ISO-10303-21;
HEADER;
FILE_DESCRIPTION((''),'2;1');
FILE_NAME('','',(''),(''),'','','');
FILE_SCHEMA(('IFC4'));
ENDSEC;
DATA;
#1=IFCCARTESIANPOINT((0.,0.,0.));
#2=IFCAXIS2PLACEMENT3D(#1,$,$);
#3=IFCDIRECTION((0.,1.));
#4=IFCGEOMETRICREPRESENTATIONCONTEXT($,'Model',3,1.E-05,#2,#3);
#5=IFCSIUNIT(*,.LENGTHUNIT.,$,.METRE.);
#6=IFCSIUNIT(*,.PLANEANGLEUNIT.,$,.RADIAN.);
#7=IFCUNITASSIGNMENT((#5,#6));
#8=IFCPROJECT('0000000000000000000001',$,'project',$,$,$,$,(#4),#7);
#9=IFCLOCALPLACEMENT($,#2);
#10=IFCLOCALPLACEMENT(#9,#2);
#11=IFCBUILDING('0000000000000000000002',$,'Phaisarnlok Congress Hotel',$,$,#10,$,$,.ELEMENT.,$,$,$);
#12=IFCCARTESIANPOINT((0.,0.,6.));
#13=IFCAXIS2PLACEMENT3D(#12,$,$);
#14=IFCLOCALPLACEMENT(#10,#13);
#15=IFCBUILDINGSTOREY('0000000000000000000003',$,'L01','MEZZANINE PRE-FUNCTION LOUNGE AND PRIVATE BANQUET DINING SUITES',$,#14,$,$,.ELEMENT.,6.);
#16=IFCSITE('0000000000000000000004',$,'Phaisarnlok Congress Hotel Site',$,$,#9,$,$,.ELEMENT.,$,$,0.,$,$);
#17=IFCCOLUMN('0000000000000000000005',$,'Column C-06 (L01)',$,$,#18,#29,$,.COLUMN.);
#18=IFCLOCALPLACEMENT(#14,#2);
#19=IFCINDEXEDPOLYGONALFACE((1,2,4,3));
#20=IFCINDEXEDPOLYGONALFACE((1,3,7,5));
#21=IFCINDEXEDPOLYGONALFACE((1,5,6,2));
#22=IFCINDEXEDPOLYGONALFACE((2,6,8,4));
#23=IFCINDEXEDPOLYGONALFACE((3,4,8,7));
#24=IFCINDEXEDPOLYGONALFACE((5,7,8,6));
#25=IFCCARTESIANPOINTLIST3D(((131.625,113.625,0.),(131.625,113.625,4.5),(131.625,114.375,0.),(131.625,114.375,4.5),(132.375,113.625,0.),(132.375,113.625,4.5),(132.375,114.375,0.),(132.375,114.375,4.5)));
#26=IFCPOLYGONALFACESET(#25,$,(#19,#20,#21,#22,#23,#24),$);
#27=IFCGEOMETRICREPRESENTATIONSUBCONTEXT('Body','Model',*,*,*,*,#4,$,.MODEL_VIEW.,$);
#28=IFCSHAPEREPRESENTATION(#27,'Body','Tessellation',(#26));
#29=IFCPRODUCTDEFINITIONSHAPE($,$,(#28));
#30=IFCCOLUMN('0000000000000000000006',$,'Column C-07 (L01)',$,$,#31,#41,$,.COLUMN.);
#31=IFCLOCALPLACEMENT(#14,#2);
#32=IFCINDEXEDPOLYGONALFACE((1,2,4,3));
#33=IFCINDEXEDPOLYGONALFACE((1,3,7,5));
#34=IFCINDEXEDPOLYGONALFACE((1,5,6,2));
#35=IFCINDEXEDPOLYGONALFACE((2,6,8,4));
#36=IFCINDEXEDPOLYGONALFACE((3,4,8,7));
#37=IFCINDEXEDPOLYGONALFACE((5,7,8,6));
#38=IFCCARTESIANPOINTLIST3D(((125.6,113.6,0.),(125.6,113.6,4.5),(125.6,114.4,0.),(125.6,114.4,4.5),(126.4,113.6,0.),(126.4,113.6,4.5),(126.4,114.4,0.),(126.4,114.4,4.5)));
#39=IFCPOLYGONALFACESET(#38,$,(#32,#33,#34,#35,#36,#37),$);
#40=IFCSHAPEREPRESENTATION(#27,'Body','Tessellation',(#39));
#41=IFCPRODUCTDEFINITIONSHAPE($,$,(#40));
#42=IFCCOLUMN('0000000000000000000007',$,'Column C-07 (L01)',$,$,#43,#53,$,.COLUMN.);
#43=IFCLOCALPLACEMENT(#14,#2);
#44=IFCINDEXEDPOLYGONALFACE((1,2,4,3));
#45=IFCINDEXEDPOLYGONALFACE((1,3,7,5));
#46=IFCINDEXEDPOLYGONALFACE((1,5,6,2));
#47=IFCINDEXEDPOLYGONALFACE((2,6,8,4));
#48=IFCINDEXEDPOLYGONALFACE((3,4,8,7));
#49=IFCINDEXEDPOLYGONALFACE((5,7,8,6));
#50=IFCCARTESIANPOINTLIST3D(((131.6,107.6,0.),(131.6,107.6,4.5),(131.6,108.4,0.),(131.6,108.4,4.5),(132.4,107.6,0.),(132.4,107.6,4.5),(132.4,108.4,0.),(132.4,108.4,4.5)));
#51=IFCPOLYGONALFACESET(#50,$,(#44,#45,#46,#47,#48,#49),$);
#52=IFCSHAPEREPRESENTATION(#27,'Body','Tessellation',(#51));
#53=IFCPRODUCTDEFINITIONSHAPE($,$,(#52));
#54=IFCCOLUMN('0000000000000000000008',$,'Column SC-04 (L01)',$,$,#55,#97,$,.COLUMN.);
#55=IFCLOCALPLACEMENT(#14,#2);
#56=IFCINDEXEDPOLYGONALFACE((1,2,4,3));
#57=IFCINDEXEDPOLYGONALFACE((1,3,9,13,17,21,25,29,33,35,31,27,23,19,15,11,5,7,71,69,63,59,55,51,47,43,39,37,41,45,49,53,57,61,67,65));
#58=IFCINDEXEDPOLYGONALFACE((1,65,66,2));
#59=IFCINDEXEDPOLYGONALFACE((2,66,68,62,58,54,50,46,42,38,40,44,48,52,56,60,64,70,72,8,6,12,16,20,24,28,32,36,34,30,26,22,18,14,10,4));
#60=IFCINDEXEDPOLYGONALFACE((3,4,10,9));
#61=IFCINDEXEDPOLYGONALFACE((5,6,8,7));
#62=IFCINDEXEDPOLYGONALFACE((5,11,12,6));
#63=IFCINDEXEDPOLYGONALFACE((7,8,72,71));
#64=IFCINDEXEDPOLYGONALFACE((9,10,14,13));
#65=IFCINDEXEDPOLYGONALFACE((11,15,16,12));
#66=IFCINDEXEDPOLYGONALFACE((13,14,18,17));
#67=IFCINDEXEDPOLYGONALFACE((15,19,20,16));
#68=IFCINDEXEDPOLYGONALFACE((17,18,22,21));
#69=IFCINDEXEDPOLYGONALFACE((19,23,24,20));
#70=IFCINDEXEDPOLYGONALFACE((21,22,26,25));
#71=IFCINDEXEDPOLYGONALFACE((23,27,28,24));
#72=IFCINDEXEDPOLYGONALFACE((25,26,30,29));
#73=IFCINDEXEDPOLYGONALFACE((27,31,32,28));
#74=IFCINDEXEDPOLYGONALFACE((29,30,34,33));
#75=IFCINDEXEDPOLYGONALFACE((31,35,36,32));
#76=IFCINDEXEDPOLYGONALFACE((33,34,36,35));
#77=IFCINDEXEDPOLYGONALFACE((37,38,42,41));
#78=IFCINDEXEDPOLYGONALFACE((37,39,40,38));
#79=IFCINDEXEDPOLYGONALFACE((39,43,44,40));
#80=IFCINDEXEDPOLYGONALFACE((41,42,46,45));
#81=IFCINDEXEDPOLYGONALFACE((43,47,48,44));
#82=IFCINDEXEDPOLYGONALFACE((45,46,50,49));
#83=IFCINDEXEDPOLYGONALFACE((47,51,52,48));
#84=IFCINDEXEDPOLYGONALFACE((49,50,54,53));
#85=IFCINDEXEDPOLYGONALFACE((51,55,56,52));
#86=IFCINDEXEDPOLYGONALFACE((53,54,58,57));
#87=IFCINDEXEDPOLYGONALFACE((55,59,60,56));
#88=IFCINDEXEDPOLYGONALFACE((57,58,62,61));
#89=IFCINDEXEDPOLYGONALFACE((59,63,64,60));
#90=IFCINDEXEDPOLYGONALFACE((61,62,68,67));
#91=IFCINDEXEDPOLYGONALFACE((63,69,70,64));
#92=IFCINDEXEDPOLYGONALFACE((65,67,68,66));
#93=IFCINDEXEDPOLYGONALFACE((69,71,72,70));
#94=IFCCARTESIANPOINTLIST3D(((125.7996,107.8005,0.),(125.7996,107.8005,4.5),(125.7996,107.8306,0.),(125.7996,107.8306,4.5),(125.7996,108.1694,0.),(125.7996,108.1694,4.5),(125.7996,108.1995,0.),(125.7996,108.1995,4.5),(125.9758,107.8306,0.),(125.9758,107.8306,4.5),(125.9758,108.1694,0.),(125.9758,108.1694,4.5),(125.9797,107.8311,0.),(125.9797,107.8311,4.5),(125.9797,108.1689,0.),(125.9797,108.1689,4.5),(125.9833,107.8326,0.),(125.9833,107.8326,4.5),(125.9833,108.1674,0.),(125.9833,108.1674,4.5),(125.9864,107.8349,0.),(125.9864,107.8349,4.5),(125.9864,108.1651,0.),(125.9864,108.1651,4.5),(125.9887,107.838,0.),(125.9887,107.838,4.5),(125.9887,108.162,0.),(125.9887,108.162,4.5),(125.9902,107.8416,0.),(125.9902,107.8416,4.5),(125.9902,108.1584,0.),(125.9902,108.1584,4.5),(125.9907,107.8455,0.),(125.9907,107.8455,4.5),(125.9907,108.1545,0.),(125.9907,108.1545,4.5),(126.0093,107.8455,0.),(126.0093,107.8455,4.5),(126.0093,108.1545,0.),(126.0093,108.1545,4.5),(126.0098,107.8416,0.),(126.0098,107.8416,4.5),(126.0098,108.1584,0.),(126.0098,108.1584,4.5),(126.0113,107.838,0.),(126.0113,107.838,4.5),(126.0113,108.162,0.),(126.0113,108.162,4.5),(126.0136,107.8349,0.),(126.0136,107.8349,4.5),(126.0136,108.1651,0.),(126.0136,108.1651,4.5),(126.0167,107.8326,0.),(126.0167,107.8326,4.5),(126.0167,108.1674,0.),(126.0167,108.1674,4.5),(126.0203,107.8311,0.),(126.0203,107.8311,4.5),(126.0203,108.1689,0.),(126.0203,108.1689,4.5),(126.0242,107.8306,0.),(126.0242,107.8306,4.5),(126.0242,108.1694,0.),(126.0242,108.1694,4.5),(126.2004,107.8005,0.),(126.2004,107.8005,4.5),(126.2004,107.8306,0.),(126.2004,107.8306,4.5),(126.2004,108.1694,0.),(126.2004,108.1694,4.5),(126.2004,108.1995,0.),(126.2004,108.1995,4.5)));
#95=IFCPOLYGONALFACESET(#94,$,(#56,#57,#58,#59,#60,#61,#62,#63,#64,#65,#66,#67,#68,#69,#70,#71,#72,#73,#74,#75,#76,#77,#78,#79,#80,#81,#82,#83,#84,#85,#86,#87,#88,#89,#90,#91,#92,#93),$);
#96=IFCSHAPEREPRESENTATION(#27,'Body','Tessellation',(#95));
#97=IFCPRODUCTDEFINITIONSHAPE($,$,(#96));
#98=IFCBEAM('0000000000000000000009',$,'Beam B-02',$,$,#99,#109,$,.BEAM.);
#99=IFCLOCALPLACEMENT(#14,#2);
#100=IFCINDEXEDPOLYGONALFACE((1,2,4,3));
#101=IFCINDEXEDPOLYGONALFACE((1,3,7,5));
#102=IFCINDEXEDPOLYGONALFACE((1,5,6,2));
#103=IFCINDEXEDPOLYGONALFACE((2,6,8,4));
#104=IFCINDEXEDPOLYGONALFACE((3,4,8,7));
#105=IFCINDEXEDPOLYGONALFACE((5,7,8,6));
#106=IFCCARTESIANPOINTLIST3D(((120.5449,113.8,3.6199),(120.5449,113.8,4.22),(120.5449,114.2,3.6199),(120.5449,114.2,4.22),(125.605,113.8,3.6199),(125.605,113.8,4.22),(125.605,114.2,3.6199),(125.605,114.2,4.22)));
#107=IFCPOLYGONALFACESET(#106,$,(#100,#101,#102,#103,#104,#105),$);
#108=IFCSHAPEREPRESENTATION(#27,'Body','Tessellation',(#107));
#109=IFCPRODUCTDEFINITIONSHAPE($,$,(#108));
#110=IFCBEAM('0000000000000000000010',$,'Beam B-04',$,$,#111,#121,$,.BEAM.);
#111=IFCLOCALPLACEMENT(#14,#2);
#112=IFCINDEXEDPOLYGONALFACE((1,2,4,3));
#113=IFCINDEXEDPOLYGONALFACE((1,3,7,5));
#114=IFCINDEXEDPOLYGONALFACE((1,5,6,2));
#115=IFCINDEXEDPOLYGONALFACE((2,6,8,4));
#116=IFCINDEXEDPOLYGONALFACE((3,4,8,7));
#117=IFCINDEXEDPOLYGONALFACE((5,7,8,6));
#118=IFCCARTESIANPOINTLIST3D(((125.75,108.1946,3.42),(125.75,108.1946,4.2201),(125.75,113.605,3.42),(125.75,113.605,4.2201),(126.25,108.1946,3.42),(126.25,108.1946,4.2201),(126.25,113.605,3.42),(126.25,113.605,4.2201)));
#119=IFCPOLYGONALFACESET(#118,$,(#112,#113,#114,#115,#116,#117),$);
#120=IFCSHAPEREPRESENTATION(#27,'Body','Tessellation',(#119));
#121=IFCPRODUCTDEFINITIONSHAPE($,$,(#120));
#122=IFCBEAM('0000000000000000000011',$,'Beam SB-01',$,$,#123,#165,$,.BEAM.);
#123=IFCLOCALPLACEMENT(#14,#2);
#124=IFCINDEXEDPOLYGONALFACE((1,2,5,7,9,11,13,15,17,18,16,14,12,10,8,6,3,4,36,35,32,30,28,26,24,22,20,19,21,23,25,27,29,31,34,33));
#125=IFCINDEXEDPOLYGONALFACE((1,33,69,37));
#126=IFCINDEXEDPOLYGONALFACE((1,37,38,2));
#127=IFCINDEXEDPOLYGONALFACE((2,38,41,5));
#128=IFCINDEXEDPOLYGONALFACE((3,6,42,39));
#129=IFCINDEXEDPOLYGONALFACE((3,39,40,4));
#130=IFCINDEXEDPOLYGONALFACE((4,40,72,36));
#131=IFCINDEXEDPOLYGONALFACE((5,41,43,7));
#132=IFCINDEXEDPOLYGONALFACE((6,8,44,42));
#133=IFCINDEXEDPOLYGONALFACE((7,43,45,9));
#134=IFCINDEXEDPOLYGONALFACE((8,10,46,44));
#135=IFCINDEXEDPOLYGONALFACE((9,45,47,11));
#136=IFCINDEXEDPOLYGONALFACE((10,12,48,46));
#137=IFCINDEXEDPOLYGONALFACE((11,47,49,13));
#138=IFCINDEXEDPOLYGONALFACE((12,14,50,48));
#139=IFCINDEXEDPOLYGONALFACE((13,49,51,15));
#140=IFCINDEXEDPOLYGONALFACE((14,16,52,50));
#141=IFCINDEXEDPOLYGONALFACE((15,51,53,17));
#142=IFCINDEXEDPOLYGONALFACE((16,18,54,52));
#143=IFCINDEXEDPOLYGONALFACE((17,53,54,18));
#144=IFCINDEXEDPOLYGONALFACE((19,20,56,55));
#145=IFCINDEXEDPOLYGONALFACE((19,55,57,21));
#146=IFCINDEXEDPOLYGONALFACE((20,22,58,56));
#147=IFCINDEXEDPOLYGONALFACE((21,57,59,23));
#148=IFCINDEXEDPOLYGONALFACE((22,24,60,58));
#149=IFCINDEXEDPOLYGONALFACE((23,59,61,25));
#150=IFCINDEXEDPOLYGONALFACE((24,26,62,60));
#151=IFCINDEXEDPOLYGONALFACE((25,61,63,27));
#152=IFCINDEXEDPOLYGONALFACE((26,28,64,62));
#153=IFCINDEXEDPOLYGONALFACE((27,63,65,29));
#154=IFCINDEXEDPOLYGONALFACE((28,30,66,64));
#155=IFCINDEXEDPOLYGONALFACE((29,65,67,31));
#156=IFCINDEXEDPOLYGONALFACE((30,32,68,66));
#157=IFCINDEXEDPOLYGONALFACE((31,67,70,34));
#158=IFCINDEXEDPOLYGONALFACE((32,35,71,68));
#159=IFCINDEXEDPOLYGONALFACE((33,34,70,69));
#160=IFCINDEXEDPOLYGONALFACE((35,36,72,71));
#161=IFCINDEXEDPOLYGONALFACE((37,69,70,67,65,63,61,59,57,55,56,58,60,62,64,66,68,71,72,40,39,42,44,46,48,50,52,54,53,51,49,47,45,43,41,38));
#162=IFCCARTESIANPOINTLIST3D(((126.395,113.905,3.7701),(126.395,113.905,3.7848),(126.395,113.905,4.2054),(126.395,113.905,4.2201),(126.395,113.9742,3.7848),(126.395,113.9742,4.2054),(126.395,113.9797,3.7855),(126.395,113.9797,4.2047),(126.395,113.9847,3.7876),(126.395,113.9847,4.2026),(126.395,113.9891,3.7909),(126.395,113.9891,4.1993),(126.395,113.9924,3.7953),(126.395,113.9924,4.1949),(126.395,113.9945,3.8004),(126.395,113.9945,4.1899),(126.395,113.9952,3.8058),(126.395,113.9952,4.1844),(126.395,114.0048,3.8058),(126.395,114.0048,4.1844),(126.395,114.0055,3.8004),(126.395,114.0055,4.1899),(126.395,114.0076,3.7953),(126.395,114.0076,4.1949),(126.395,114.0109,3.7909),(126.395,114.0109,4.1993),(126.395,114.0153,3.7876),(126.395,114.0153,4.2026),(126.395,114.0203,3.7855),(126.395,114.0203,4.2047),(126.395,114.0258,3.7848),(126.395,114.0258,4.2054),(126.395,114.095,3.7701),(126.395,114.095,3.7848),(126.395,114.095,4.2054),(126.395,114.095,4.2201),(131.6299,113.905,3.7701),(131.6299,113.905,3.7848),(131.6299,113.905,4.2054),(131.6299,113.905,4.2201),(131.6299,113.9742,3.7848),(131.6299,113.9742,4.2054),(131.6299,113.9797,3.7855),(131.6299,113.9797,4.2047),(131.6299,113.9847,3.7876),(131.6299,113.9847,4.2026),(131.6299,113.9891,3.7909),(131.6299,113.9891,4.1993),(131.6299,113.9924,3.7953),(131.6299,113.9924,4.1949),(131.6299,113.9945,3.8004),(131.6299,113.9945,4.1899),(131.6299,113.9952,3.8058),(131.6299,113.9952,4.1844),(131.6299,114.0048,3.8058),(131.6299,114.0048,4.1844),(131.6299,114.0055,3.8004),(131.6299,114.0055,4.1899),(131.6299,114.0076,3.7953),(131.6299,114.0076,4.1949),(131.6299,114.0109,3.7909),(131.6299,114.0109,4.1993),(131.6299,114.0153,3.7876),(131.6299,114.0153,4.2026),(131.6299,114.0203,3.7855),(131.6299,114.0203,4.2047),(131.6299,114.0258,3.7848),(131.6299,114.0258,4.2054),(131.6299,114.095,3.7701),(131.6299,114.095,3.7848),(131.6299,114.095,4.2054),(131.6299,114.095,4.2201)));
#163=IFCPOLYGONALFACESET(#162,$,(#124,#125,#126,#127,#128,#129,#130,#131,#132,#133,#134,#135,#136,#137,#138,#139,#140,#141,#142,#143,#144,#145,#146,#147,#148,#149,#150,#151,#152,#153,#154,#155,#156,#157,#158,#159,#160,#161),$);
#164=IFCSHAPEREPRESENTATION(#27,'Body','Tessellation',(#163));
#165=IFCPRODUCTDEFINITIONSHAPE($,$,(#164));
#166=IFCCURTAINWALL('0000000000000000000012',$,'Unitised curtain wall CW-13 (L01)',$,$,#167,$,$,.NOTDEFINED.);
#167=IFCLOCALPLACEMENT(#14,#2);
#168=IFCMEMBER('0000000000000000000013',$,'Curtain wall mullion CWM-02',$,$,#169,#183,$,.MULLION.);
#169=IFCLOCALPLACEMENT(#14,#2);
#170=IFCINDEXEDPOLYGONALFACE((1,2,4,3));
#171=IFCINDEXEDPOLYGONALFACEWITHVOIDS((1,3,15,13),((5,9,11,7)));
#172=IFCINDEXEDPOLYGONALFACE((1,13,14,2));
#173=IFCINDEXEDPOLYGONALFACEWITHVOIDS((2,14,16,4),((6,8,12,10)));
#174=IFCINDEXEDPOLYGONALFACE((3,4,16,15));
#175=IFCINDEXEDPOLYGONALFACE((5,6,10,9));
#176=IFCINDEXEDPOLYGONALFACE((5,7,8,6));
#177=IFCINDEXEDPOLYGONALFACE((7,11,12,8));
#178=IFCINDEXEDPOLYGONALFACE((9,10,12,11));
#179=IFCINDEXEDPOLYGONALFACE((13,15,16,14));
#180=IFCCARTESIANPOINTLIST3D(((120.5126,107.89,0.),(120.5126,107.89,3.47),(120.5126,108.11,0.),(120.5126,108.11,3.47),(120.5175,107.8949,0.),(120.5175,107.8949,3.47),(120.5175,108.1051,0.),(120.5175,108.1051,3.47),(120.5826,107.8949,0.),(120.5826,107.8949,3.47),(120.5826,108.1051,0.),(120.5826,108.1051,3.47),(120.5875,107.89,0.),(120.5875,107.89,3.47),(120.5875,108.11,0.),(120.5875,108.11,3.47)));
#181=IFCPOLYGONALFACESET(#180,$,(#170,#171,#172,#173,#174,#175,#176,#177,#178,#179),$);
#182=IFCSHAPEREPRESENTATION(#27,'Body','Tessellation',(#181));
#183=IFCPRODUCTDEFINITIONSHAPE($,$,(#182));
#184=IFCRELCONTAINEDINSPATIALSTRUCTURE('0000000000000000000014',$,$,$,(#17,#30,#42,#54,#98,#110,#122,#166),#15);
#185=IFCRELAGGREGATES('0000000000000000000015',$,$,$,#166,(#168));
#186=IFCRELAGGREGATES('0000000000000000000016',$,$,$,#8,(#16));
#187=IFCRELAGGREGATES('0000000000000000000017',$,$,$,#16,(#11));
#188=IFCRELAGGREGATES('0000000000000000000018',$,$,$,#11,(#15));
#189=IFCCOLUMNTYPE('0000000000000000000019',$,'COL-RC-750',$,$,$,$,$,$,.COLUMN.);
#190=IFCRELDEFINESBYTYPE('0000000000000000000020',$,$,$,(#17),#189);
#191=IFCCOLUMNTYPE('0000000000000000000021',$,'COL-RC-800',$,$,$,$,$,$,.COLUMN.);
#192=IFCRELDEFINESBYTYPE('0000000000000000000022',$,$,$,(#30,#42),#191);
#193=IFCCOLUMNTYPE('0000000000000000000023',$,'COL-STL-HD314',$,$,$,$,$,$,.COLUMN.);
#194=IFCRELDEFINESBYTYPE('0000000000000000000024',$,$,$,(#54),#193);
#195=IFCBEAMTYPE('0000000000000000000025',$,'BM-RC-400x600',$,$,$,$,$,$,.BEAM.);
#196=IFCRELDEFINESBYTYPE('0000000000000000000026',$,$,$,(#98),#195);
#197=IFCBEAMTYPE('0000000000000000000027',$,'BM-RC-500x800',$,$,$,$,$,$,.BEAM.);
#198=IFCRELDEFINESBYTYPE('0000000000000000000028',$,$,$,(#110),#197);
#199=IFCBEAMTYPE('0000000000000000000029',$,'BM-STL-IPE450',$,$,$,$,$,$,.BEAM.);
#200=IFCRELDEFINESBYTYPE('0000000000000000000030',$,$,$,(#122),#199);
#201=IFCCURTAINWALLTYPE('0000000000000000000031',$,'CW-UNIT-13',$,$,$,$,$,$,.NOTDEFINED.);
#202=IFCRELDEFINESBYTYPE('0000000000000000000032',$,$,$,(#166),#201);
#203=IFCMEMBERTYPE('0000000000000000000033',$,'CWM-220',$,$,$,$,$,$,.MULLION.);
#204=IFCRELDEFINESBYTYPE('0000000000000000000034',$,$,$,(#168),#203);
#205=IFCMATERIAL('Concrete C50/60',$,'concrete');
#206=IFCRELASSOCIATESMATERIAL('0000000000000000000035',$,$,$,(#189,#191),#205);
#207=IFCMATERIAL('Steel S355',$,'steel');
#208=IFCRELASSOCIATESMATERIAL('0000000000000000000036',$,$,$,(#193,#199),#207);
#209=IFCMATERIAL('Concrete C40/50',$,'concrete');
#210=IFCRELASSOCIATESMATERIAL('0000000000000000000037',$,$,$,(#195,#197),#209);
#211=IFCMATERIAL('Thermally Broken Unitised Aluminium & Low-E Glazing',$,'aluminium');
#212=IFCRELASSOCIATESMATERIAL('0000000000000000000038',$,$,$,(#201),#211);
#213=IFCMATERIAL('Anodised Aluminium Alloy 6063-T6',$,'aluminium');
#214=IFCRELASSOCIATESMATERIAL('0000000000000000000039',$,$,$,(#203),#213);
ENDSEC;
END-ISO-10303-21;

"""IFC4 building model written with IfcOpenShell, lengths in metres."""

from ifc_helpers import new_model, si_unit, direction, frame, origin, origin_2d, place, context, subcontext, project, spatial, rectangle, hollow_rectangle, i_section, extrude, material, material_profile, profile_set, type_object, element, aggregate, save


model = new_model("IFC4")

# Units and contexts
model_context = context("Model", 3, precision=1e-05, world=origin(), true_north=direction((0.0, 1.0)))
body_context = subcontext(model_context, "Body", "Model", "MODEL_VIEW")
ifc_project = project(units=[si_unit("LENGTHUNIT", "METRE"), si_unit("PLANEANGLEUNIT", "RADIAN")], contexts=[model_context])

# Site, building, storey
site_placement = place(None, origin())
site = spatial("IfcSite", under=ifc_project, at=site_placement, Name="Phaisarnlok Congress Hotel Site", CompositionType="ELEMENT", RefElevation=0.0)
building_placement = place(site_placement, origin())
building = spatial("IfcBuilding", under=site, at=building_placement, Name="Phaisarnlok Congress Hotel", CompositionType="ELEMENT")
storey_placement = place(building_placement, frame((0.0, 0.0, 6.0)))
storey = spatial("IfcBuildingStorey", under=building, at=storey_placement, Name="L01", Description="MEZZANINE PRE-FUNCTION LOUNGE AND PRIVATE BANQUET DINING SUITES", CompositionType="ELEMENT", Elevation=6.0)

# Columns
ifc_material_1 = material(Name="Concrete C50/60", Category="concrete")
ifc_material_profile_1 = material_profile(ifc_material_1, rectangle(XDim=0.75, YDim=0.75, at=origin_2d()), Name="RC 750x750")
ifc_profile_set_1 = profile_set([ifc_material_profile_1], Name="Concrete C50/60")
column_type_1 = type_object("IfcColumnType", Name="COL-RC-750", PredefinedType="COLUMN", material=ifc_profile_set_1)
column_1_placement = place(storey_placement, frame((132.0, 114.0, 0.0), z_axis=(0.0, 0.0, 1.0), x_axis=(1.0, 0.0, 0.0)))
element("IfcColumn", 1, at=column_1_placement, inside=storey, type_object=column_type_1, Name="Column C-06 (L01)", PredefinedType="COLUMN", context=body_context, shape_type="SweptSolid", body=[
    extrude(rectangle(XDim=0.75, YDim=0.75, at=origin_2d()), origin(), (0.0, 0.0, 1.0), 4.5),
])
ifc_material_profile_2 = material_profile(ifc_material_1, rectangle(XDim=0.8, YDim=0.8, at=origin_2d()), Name="RC 800x800")
ifc_profile_set_2 = profile_set([ifc_material_profile_2], Name="Concrete C50/60")
column_type_2 = type_object("IfcColumnType", Name="COL-RC-800", PredefinedType="COLUMN", material=ifc_profile_set_2)
for number, where, z_axis, x_axis, name in (
    (2, (126.0, 114.0, 0.0), (0.0, 0.0, 1.0), (1.0, 0.0, 0.0), "Column C-07 (L01)"),
    (3, (132.0, 108.0, 0.0), (0.0, 0.0, 1.0), (1.0, 0.0, 0.0), "Column C-07 (L01)"),
):
    element("IfcColumn", number, at=place(storey_placement, frame(where, z_axis=z_axis, x_axis=x_axis)), inside=storey, type_object=column_type_2, Name=name, PredefinedType="COLUMN", context=body_context, shape_type="SweptSolid", body=[
        extrude(rectangle(XDim=0.8, YDim=0.8, at=origin_2d()), origin(), (0.0, 0.0, 1.0), 4.5),
    ])
ifc_material_2 = material(Name="Steel S355", Category="steel")
ifc_material_profile_3 = material_profile(ifc_material_2, i_section(OverallWidth=0.4009, OverallDepth=0.3989, WebThickness=0.0186, FlangeThickness=0.03, FilletRadius=0.0149, at=origin_2d()), Name="HD 400x314")
ifc_profile_set_3 = profile_set([ifc_material_profile_3], Name="Steel S355")
column_type_3 = type_object("IfcColumnType", Name="COL-STL-HD314", PredefinedType="COLUMN", material=ifc_profile_set_3)
column_2_placement = place(storey_placement, frame((126.0, 108.0, 0.0), z_axis=(0.0, 0.0, 1.0), x_axis=(1.0, 0.0, 0.0)))
element("IfcColumn", 4, at=column_2_placement, inside=storey, type_object=column_type_3, Name="Column SC-04 (L01)", PredefinedType="COLUMN", context=body_context, shape_type="SweptSolid", body=[
    extrude(i_section(OverallWidth=0.4009, OverallDepth=0.3989, WebThickness=0.0186, FlangeThickness=0.03, FilletRadius=0.0149, at=origin_2d()), origin(), (0.0, 0.0, 1.0), 4.5),
])

# Beams
ifc_material_3 = material(Name="Concrete C40/50", Category="concrete")
ifc_material_profile_4 = material_profile(ifc_material_3, rectangle(XDim=0.3999, YDim=0.6001, at=origin_2d()), Name="RC 400x600")
ifc_profile_set_4 = profile_set([ifc_material_profile_4], Name="Concrete C40/50")
beam_type_1 = type_object("IfcBeamType", Name="BM-RC-400x600", PredefinedType="BEAM", material=ifc_profile_set_4)
beam_1_placement = place(storey_placement, frame((120.5449, 114.0, 3.9199), z_axis=(1.0, 0.0, 0.0), x_axis=(0.0, 1.0, 0.0)))
element("IfcBeam", 5, at=beam_1_placement, inside=storey, type_object=beam_type_1, Name="Beam B-02", PredefinedType="BEAM", context=body_context, shape_type="SweptSolid", body=[
    extrude(rectangle(XDim=0.3999, YDim=0.6001, at=origin_2d()), origin(), (0.0, 0.0, 1.0), 5.0601),
])
ifc_material_profile_5 = material_profile(ifc_material_3, rectangle(XDim=0.5, YDim=0.8, at=origin_2d()), Name="RC 500x800")
ifc_profile_set_5 = profile_set([ifc_material_profile_5], Name="Concrete C40/50")
beam_type_2 = type_object("IfcBeamType", Name="BM-RC-500x800", PredefinedType="BEAM", material=ifc_profile_set_5)
beam_2_placement = place(storey_placement, frame((126.0, 108.1946, 3.8201), z_axis=(0.0, 1.0, 0.0), x_axis=(-1.0, 0.0, 0.0)))
element("IfcBeam", 6, at=beam_2_placement, inside=storey, type_object=beam_type_2, Name="Beam B-04", PredefinedType="BEAM", context=body_context, shape_type="SweptSolid", body=[
    extrude(rectangle(XDim=0.5, YDim=0.8, at=origin_2d()), origin(), (0.0, 0.0, 1.0), 5.4104),
])
ifc_material_profile_6 = material_profile(ifc_material_2, i_section(OverallWidth=0.1899, OverallDepth=0.45, WebThickness=0.0095, FlangeThickness=0.0146, FilletRadius=0.021, at=origin_2d()), Name="IPE 450")
ifc_profile_set_6 = profile_set([ifc_material_profile_6], Name="Steel S355")
beam_type_3 = type_object("IfcBeamType", Name="BM-STL-IPE450", PredefinedType="BEAM", material=ifc_profile_set_6)
beam_3_placement = place(storey_placement, frame((126.395, 114.0, 3.9951), z_axis=(1.0, 0.0, 0.0), x_axis=(0.0, 1.0, 0.0)))
element("IfcBeam", 7, at=beam_3_placement, inside=storey, type_object=beam_type_3, Name="Beam SB-01", PredefinedType="BEAM", context=body_context, shape_type="SweptSolid", body=[
    extrude(i_section(OverallWidth=0.1899, OverallDepth=0.45, WebThickness=0.0095, FlangeThickness=0.0146, FilletRadius=0.021, at=origin_2d()), origin(), (0.0, 0.0, 1.0), 5.2349),
])

# Curtain wall, member
ifc_material_4 = material(Name="Thermally Broken Unitised Aluminium & Low-E Glazing", Category="aluminium")
curtain_wall_type = type_object("IfcCurtainWallType", Name="CW-UNIT-13", PredefinedType="NOTDEFINED", material=ifc_material_4)
curtain_wall_placement = place(storey_placement, origin())
curtain_wall = element("IfcCurtainWall", 8, at=curtain_wall_placement, inside=storey, type_object=curtain_wall_type, Name="Unitised curtain wall CW-13 (L01)", PredefinedType="NOTDEFINED")
ifc_material_5 = material(Name="Anodised Aluminium Alloy 6063-T6", Category="aluminium")
ifc_material_profile_7 = material_profile(ifc_material_5, hollow_rectangle(XDim=0.075, YDim=0.22, WallThickness=0.0049, at=origin_2d()), Name="ALU-M 75x220x5")
ifc_profile_set_7 = profile_set([ifc_material_profile_7], Name="Anodised Aluminium Alloy 6063-T6")
member_type_1 = type_object("IfcMemberType", Name="CWM-220", PredefinedType="MULLION", material=ifc_profile_set_7)
member_1_placement = place(storey_placement, frame((120.55, 108.0, 0.0), z_axis=(0.0, 0.0, 1.0), x_axis=(1.0, 0.0, 0.0)))
member_1 = element("IfcMember", 9, at=member_1_placement, type_object=member_type_1, Name="Curtain wall mullion CWM-02", PredefinedType="MULLION", context=body_context, shape_type="SweptSolid", body=[
    extrude(hollow_rectangle(XDim=0.075, YDim=0.22, WallThickness=0.0049, at=origin_2d()), origin(), (0.0, 0.0, 1.0), 3.47),
])

aggregate(curtain_wall, [member_1])

save(model, "model.ifc")
